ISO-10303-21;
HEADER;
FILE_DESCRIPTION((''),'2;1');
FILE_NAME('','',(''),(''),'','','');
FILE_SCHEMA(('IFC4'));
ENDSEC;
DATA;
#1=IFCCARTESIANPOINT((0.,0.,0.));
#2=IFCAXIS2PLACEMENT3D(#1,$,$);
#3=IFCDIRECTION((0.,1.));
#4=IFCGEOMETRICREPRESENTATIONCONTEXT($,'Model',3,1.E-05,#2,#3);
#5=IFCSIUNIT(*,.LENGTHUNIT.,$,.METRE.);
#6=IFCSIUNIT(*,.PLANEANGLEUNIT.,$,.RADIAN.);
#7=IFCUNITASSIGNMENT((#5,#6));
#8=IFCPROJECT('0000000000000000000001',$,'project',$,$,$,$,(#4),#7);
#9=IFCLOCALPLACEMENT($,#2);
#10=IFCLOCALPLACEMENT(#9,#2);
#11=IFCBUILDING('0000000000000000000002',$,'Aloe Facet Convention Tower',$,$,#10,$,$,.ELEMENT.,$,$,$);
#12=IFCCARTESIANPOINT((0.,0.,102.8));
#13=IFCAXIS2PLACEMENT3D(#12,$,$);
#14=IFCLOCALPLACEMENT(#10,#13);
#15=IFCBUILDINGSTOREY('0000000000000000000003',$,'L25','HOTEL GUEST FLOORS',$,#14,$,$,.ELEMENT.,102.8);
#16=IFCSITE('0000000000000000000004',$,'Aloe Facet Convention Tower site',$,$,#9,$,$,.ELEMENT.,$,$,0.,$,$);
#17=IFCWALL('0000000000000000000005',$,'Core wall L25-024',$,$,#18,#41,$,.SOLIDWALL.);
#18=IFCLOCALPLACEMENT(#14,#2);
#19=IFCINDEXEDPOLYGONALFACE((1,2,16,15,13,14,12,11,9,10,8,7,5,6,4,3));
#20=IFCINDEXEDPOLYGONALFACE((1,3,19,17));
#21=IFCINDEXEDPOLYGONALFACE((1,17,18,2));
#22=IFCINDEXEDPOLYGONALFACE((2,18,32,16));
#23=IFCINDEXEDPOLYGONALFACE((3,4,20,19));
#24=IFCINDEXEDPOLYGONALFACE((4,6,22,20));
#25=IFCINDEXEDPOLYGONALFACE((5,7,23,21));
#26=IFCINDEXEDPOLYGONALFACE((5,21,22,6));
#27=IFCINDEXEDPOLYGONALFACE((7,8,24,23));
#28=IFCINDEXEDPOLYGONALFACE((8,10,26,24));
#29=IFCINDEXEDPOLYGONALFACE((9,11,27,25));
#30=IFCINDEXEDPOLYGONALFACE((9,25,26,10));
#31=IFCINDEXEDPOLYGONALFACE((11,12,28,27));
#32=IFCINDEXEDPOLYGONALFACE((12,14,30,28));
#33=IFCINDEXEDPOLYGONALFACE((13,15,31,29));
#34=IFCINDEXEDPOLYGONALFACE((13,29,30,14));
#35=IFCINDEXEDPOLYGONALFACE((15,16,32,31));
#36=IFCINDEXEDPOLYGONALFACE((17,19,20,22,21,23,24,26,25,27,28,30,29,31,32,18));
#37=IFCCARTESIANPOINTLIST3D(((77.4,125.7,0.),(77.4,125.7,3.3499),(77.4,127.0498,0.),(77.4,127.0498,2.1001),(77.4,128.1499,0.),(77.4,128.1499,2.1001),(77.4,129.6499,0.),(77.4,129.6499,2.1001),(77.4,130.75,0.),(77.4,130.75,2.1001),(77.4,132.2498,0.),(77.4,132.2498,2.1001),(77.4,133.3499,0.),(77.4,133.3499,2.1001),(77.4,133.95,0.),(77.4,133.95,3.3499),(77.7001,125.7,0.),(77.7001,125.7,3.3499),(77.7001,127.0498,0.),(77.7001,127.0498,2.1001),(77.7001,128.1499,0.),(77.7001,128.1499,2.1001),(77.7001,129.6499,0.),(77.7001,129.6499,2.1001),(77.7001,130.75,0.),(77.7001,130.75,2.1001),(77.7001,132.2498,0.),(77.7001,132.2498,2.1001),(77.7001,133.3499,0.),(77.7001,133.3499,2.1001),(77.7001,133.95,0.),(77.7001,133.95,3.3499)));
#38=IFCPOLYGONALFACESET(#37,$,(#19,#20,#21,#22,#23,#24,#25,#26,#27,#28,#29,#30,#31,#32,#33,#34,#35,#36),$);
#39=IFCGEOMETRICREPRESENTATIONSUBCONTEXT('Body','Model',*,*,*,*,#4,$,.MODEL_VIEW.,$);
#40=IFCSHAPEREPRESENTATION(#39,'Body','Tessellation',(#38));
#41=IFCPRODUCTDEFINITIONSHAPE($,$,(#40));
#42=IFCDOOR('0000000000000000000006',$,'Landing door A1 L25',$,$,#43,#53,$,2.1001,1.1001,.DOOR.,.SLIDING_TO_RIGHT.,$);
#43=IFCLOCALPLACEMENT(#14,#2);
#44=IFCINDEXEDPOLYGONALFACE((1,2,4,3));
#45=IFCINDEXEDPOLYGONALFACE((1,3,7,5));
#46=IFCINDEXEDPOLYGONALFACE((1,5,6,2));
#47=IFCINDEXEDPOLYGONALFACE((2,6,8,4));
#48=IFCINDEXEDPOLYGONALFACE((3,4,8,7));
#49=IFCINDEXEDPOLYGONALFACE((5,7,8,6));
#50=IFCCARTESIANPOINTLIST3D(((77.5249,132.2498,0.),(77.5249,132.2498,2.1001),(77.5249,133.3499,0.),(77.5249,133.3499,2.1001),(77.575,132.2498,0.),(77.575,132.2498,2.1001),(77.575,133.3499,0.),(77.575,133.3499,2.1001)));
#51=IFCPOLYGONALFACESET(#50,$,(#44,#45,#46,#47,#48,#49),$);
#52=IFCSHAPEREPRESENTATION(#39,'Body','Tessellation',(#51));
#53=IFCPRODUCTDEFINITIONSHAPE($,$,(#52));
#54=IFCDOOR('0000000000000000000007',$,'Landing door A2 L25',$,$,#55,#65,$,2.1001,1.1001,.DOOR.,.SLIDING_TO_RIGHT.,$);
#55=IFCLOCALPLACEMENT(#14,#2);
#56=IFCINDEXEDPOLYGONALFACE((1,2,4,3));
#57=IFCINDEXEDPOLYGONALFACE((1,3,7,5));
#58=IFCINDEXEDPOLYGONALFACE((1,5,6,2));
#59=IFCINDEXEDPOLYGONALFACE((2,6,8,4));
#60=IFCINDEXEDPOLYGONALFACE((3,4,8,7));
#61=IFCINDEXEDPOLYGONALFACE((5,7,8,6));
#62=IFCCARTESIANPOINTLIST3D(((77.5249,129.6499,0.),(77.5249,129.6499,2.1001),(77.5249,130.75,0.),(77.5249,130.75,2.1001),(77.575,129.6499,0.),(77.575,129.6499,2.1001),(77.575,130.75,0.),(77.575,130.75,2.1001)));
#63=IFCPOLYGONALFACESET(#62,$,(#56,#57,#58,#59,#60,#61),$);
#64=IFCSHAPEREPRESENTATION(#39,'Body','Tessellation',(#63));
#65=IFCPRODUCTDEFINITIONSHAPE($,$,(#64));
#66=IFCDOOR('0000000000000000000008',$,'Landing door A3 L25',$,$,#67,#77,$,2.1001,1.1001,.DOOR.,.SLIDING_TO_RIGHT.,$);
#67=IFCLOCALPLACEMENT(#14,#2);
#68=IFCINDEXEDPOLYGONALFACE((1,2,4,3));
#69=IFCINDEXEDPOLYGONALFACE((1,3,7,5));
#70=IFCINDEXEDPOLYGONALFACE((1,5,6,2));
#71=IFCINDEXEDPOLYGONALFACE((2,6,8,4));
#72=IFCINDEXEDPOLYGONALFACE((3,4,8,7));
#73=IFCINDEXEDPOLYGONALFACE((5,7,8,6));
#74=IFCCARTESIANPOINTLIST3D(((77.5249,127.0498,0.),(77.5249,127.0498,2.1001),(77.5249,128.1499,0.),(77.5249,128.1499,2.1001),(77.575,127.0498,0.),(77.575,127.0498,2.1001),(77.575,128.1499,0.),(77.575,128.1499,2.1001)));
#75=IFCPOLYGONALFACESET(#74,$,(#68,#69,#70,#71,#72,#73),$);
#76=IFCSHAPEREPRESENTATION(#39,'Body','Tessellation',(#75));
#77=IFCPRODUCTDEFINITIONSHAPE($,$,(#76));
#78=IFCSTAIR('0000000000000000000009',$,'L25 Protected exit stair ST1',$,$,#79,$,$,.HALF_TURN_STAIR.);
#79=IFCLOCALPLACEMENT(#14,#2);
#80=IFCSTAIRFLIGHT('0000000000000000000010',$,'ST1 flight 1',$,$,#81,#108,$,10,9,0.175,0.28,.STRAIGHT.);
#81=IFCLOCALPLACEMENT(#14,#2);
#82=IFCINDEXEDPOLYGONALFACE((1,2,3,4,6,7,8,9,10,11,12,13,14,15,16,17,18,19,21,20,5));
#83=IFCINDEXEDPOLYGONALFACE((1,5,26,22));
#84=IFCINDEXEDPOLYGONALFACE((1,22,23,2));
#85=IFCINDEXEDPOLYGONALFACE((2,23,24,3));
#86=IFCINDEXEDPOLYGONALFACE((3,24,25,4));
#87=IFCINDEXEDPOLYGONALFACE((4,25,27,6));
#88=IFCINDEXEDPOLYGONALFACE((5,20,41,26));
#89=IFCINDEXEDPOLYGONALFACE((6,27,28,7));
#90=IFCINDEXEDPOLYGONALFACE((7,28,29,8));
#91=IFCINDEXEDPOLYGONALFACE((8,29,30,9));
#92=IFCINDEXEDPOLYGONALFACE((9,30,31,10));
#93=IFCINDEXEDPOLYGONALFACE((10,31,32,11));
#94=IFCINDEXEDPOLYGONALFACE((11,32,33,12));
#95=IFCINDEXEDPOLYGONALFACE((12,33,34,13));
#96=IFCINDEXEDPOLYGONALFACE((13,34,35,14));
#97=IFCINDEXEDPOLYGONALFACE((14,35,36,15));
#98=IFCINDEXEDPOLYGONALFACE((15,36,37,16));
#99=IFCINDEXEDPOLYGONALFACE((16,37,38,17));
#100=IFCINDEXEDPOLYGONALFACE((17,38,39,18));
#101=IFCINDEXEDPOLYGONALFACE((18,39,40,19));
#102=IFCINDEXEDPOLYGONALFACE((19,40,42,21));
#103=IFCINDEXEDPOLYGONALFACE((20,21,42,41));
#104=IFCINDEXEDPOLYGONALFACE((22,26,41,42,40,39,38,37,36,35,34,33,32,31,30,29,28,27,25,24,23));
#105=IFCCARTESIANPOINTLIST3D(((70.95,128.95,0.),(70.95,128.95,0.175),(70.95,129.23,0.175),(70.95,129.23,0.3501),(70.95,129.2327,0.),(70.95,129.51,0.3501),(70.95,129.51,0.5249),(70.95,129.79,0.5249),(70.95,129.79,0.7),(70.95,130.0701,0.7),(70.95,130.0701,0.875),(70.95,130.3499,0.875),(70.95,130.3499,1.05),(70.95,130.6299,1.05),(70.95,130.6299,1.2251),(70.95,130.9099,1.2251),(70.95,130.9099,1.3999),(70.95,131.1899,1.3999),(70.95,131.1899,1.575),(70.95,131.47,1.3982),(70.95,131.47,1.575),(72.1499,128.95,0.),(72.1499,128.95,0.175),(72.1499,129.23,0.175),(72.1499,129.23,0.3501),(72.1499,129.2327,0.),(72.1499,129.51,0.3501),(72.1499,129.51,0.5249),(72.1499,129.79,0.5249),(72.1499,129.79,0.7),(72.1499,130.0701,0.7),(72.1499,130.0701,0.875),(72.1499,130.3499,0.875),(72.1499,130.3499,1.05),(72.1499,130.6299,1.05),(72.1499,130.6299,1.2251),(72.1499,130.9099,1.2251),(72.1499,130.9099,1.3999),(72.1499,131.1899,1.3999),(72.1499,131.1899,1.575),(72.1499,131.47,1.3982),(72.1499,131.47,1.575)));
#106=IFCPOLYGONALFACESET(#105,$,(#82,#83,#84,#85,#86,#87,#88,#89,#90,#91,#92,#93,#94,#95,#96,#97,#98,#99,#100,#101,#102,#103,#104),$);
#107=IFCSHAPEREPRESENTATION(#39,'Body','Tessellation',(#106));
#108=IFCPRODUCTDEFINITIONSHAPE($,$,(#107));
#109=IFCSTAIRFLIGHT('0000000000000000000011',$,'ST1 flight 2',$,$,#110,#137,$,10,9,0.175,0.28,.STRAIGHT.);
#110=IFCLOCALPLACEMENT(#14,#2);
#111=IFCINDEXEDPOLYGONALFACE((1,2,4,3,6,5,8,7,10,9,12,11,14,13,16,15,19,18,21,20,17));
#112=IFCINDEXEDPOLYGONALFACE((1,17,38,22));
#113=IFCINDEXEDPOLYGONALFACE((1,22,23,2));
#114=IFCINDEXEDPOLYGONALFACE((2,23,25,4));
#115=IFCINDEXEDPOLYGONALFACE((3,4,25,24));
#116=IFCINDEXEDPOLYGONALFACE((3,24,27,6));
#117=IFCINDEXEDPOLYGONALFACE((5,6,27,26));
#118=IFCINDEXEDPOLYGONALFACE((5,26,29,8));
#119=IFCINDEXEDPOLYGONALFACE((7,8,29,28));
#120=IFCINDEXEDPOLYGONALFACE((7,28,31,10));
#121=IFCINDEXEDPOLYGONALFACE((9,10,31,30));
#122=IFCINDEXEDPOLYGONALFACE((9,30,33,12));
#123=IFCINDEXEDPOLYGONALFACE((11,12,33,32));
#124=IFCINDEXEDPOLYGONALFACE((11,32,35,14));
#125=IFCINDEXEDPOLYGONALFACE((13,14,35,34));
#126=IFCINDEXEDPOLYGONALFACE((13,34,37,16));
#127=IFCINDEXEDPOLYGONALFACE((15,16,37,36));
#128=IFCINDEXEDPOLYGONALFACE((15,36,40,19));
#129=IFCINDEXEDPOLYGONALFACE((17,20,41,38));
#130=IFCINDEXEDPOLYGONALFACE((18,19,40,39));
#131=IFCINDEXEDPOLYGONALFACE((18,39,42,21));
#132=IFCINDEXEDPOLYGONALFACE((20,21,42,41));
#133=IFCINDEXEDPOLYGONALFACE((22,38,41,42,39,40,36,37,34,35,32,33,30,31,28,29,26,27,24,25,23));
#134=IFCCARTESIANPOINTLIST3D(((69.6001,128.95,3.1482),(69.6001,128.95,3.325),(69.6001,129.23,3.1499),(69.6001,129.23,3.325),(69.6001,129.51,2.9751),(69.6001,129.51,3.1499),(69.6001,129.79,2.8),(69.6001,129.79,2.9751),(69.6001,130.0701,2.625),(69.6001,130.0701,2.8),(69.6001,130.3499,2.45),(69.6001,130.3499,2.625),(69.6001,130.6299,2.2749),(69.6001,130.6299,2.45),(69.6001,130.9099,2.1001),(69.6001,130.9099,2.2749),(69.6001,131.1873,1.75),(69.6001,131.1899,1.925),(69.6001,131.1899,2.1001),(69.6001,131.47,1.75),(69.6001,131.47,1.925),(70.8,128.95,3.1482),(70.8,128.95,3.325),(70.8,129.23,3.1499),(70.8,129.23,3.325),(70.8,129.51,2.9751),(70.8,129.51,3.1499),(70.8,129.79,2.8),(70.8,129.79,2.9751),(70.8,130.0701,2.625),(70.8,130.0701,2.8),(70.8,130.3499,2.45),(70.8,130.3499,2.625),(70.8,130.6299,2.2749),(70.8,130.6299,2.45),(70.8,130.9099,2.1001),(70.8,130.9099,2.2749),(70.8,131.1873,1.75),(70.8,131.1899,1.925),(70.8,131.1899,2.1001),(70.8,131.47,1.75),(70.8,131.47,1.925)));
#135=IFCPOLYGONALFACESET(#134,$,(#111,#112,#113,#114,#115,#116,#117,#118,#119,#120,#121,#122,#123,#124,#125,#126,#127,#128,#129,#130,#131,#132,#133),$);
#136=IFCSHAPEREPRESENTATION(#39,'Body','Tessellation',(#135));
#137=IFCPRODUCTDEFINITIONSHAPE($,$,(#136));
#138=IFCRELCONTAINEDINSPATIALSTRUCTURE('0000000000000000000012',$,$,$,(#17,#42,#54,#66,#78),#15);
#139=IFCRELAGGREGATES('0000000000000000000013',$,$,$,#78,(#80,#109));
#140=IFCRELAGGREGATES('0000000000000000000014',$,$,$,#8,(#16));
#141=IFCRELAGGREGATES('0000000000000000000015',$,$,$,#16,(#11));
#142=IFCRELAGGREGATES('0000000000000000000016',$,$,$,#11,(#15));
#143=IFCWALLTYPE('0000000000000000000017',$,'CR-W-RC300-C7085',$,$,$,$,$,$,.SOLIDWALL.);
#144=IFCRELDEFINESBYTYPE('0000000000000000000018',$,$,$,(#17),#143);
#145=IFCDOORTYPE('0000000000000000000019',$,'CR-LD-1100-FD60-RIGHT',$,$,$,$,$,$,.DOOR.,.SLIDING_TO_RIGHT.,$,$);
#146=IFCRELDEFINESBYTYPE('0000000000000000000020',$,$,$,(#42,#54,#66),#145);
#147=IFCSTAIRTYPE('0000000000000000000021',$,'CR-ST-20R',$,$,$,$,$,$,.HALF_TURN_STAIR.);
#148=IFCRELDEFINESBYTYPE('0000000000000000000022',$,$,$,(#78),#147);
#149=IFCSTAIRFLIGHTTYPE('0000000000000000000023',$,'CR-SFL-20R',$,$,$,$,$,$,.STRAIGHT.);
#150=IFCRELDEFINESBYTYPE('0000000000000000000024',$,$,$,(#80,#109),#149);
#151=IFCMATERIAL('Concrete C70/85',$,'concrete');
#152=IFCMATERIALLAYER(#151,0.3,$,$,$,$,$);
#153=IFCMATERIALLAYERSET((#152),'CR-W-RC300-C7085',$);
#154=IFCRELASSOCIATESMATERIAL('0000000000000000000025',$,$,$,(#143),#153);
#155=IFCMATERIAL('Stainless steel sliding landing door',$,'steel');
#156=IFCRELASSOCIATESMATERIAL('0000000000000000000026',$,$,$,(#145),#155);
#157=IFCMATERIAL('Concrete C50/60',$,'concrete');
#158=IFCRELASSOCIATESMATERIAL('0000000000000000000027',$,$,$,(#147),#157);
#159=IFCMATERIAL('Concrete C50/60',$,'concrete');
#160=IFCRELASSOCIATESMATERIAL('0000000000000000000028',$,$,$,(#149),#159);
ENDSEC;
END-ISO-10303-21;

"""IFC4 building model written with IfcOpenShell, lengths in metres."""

from ifc_helpers import new_model, si_unit, direction, frame, frame_2d, origin, place, context, subcontext, project, spatial, polyline, rectangle, outline, extrude, material, layer, layer_set, type_object, element, fill, aggregate, save


model = new_model("IFC4")

# Units and contexts
model_context = context("Model", 3, precision=1e-05, world=origin(), true_north=direction((0.0, 1.0)))
body_context = subcontext(model_context, "Body", "Model", "MODEL_VIEW")
ifc_project = project(units=[si_unit("LENGTHUNIT", "METRE"), si_unit("PLANEANGLEUNIT", "RADIAN")], contexts=[model_context])

# Site, building, storey
site_placement = place(None, origin())
site = spatial("IfcSite", under=ifc_project, at=site_placement, Name="Aloe Facet Convention Tower site", CompositionType="ELEMENT", RefElevation=0.0)
building_placement = place(site_placement, origin())
building = spatial("IfcBuilding", under=site, at=building_placement, Name="Aloe Facet Convention Tower", CompositionType="ELEMENT")
storey_placement = place(building_placement, frame((0.0, 0.0, 102.8)))
storey = spatial("IfcBuildingStorey", under=building, at=storey_placement, Name="L25", Description="HOTEL GUEST FLOORS", CompositionType="ELEMENT", Elevation=102.8)

# Shared definitions
ifc_material_1 = material(Name="Concrete C70/85", Category="concrete")
ifc_layer_1 = layer(ifc_material_1, 0.3)
ifc_layer_set_1 = layer_set([ifc_layer_1], Name="CR-W-RC300-C7085")
wall_type_1 = type_object("IfcWallType", Name="CR-W-RC300-C7085", PredefinedType="SOLIDWALL", material=ifc_layer_set_1)

# Wall, openings, doors
wall_1_placement = place(storey_placement, frame((77.55, 133.95, 0.0), z_axis=(0.0, 0.0, 1.0), x_axis=(0.0, -1.0, 0.0)))
wall_1 = element("IfcWall", 1, at=wall_1_placement, inside=storey, type_object=wall_type_1, Name="Core wall L25-024", PredefinedType="SOLIDWALL", context=body_context, shape_type="SweptSolid", body=[
    extrude(rectangle(XDim=8.25, YDim=0.3, at=frame_2d((4.125, 0.0))), origin(), (0.0, 0.0, 1.0), 3.3499),
])
opening_1_placement = place(wall_1_placement, frame((0.6001, 0.0, 0.0)))
opening_1 = element("IfcOpeningElement", 2, at=opening_1_placement, cuts=wall_1, PredefinedType="OPENING", context=body_context, shape_type="SweptSolid", body=[
    extrude(rectangle(XDim=1.1001, YDim=2.1001, at=frame_2d((0.55, 1.05))), frame((0.0, 0.1602, 0.0), z_axis=(0.0, -1.0, 0.0), x_axis=(1.0, 0.0, 0.0)), (0.0, 0.0, 1.0), 0.3201),
])
opening_2_placement = place(wall_1_placement, frame((3.2, 0.0, 0.0)))
opening_2 = element("IfcOpeningElement", 3, at=opening_2_placement, cuts=wall_1, PredefinedType="OPENING", context=body_context, shape_type="SweptSolid", body=[
    extrude(rectangle(XDim=1.1001, YDim=2.1001, at=frame_2d((0.55, 1.05))), frame((0.0, 0.1602, 0.0), z_axis=(0.0, -1.0, 0.0), x_axis=(1.0, 0.0, 0.0)), (0.0, 0.0, 1.0), 0.3201),
])
opening_3_placement = place(wall_1_placement, frame((5.8, 0.0, 0.0)))
opening_3 = element("IfcOpeningElement", 4, at=opening_3_placement, cuts=wall_1, PredefinedType="OPENING", context=body_context, shape_type="SweptSolid", body=[
    extrude(rectangle(XDim=1.1001, YDim=2.1001, at=frame_2d((0.55, 1.05))), frame((0.0, 0.1602, 0.0), z_axis=(0.0, -1.0, 0.0), x_axis=(1.0, 0.0, 0.0)), (0.0, 0.0, 1.0), 0.3201),
])
ifc_material_2 = material(Name="Stainless steel sliding landing door", Category="steel")
door_type_1 = type_object("IfcDoorType", Name="CR-LD-1100-FD60-RIGHT", OperationType="SLIDING_TO_RIGHT", PredefinedType="DOOR", material=ifc_material_2)
door_1_placement = place(opening_1_placement, origin())
door_1 = element("IfcDoor", 5, at=door_1_placement, inside=storey, type_object=door_type_1, Name="Landing door A1 L25", OperationType="SLIDING_TO_RIGHT", OverallHeight=2.1001, OverallWidth=1.1001, PredefinedType="DOOR", context=body_context, shape_type="SweptSolid", body=[
    extrude(rectangle(XDim=1.1001, YDim=2.1001, at=frame_2d((0.55, 1.05))), frame((0.0, 0.0249, 0.0), z_axis=(0.0, -1.0, 0.0), x_axis=(1.0, 0.0, 0.0)), (0.0, 0.0, 1.0), 0.05),
])
fill(opening_1, door_1)
door_2_placement = place(opening_2_placement, origin())
door_2 = element("IfcDoor", 6, at=door_2_placement, inside=storey, type_object=door_type_1, Name="Landing door A2 L25", OperationType="SLIDING_TO_RIGHT", OverallHeight=2.1001, OverallWidth=1.1001, PredefinedType="DOOR", context=body_context, shape_type="SweptSolid", body=[
    extrude(rectangle(XDim=1.1001, YDim=2.1001, at=frame_2d((0.55, 1.05))), frame((0.0, 0.0249, 0.0), z_axis=(0.0, -1.0, 0.0), x_axis=(1.0, 0.0, 0.0)), (0.0, 0.0, 1.0), 0.05),
])
fill(opening_2, door_2)
door_3_placement = place(opening_3_placement, origin())
door_3 = element("IfcDoor", 7, at=door_3_placement, inside=storey, type_object=door_type_1, Name="Landing door A3 L25", OperationType="SLIDING_TO_RIGHT", OverallHeight=2.1001, OverallWidth=1.1001, PredefinedType="DOOR", context=body_context, shape_type="SweptSolid", body=[
    extrude(rectangle(XDim=1.1001, YDim=2.1001, at=frame_2d((0.55, 1.05))), frame((0.0, 0.0249, 0.0), z_axis=(0.0, -1.0, 0.0), x_axis=(1.0, 0.0, 0.0)), (0.0, 0.0, 1.0), 0.05),
])
fill(opening_3, door_3)

# Stair, stair flights
ifc_material_3 = material(Name="Concrete C50/60", Category="concrete")
stair_type = type_object("IfcStairType", Name="CR-ST-20R", PredefinedType="HALF_TURN_STAIR", material=ifc_material_3)
stair_placement = place(storey_placement, origin())
stair = element("IfcStair", 8, at=stair_placement, inside=storey, type_object=stair_type, Name="L25 Protected exit stair ST1", PredefinedType="HALF_TURN_STAIR")
ifc_material_4 = material(Name="Concrete C50/60", Category="concrete")
stair_flight_type = type_object("IfcStairFlightType", Name="CR-SFL-20R", PredefinedType="STRAIGHT", material=ifc_material_4)
stair_flight_1_placement = place(storey_placement, frame((71.55, 128.95, 0.0), z_axis=(0.0, 0.0, 1.0), x_axis=(0.0, 1.0, 0.0)))
stair_flight_1 = element("IfcStairFlight", 9, at=stair_flight_1_placement, type_object=stair_flight_type, Name="ST1 flight 1", NumberOfRisers=10, NumberOfTreads=9, PredefinedType="STRAIGHT", RiserHeight=0.175, TreadLength=0.28, context=body_context, shape_type="SweptSolid", body=[
    extrude(outline(polyline([(0.0, 0.0), (0.0, 0.175), (0.28, 0.175), (0.28, 0.3501), (0.5601, 0.3501), (0.5601, 0.5249), (0.8401, 0.5249), (0.8401, 0.7), (1.1201, 0.7), (1.1201, 0.875), (1.3999, 0.875), (1.3999, 1.05), (1.6799, 1.05), (1.6799, 1.2251), (1.96, 1.2251), (1.96, 1.3999), (2.24, 1.3999), (2.24, 1.575), (2.52, 1.575), (2.52, 1.75), (2.52, 1.3982), (0.2827, 0.0), (0.0, 0.0)])), frame((0.0, 0.6001, 0.0), z_axis=(0.0, -1.0, 0.0), x_axis=(1.0, 0.0, 0.0)), (0.0, 0.0, 1.0), 1.2),
])
stair_flight_2_placement = place(storey_placement, frame((70.2, 131.47, 1.75), z_axis=(0.0, 0.0, 1.0), x_axis=(0.0, -1.0, 0.0)))
stair_flight_2 = element("IfcStairFlight", 10, at=stair_flight_2_placement, type_object=stair_flight_type, Name="ST1 flight 2", NumberOfRisers=10, NumberOfTreads=9, PredefinedType="STRAIGHT", RiserHeight=0.175, TreadLength=0.28, context=body_context, shape_type="SweptSolid", body=[
    extrude(outline(polyline([(0.0, 0.0), (0.0, 0.175), (0.28, 0.175), (0.28, 0.3501), (0.5601, 0.3501), (0.5601, 0.5249), (0.8401, 0.5249), (0.8401, 0.7), (1.1201, 0.7), (1.1201, 0.875), (1.3999, 0.875), (1.3999, 1.05), (1.6799, 1.05), (1.6799, 1.2251), (1.96, 1.2251), (1.96, 1.3999), (2.24, 1.3999), (2.24, 1.575), (2.52, 1.575), (2.52, 1.75), (2.52, 1.3982), (0.2827, 0.0), (0.0, 0.0)])), frame((0.0, 0.6001, 0.0), z_axis=(0.0, -1.0, 0.0), x_axis=(1.0, 0.0, 0.0)), (0.0, 0.0, 1.0), 1.2),
])
aggregate(stair, [stair_flight_1, stair_flight_2])

save(model, "model.ifc")
